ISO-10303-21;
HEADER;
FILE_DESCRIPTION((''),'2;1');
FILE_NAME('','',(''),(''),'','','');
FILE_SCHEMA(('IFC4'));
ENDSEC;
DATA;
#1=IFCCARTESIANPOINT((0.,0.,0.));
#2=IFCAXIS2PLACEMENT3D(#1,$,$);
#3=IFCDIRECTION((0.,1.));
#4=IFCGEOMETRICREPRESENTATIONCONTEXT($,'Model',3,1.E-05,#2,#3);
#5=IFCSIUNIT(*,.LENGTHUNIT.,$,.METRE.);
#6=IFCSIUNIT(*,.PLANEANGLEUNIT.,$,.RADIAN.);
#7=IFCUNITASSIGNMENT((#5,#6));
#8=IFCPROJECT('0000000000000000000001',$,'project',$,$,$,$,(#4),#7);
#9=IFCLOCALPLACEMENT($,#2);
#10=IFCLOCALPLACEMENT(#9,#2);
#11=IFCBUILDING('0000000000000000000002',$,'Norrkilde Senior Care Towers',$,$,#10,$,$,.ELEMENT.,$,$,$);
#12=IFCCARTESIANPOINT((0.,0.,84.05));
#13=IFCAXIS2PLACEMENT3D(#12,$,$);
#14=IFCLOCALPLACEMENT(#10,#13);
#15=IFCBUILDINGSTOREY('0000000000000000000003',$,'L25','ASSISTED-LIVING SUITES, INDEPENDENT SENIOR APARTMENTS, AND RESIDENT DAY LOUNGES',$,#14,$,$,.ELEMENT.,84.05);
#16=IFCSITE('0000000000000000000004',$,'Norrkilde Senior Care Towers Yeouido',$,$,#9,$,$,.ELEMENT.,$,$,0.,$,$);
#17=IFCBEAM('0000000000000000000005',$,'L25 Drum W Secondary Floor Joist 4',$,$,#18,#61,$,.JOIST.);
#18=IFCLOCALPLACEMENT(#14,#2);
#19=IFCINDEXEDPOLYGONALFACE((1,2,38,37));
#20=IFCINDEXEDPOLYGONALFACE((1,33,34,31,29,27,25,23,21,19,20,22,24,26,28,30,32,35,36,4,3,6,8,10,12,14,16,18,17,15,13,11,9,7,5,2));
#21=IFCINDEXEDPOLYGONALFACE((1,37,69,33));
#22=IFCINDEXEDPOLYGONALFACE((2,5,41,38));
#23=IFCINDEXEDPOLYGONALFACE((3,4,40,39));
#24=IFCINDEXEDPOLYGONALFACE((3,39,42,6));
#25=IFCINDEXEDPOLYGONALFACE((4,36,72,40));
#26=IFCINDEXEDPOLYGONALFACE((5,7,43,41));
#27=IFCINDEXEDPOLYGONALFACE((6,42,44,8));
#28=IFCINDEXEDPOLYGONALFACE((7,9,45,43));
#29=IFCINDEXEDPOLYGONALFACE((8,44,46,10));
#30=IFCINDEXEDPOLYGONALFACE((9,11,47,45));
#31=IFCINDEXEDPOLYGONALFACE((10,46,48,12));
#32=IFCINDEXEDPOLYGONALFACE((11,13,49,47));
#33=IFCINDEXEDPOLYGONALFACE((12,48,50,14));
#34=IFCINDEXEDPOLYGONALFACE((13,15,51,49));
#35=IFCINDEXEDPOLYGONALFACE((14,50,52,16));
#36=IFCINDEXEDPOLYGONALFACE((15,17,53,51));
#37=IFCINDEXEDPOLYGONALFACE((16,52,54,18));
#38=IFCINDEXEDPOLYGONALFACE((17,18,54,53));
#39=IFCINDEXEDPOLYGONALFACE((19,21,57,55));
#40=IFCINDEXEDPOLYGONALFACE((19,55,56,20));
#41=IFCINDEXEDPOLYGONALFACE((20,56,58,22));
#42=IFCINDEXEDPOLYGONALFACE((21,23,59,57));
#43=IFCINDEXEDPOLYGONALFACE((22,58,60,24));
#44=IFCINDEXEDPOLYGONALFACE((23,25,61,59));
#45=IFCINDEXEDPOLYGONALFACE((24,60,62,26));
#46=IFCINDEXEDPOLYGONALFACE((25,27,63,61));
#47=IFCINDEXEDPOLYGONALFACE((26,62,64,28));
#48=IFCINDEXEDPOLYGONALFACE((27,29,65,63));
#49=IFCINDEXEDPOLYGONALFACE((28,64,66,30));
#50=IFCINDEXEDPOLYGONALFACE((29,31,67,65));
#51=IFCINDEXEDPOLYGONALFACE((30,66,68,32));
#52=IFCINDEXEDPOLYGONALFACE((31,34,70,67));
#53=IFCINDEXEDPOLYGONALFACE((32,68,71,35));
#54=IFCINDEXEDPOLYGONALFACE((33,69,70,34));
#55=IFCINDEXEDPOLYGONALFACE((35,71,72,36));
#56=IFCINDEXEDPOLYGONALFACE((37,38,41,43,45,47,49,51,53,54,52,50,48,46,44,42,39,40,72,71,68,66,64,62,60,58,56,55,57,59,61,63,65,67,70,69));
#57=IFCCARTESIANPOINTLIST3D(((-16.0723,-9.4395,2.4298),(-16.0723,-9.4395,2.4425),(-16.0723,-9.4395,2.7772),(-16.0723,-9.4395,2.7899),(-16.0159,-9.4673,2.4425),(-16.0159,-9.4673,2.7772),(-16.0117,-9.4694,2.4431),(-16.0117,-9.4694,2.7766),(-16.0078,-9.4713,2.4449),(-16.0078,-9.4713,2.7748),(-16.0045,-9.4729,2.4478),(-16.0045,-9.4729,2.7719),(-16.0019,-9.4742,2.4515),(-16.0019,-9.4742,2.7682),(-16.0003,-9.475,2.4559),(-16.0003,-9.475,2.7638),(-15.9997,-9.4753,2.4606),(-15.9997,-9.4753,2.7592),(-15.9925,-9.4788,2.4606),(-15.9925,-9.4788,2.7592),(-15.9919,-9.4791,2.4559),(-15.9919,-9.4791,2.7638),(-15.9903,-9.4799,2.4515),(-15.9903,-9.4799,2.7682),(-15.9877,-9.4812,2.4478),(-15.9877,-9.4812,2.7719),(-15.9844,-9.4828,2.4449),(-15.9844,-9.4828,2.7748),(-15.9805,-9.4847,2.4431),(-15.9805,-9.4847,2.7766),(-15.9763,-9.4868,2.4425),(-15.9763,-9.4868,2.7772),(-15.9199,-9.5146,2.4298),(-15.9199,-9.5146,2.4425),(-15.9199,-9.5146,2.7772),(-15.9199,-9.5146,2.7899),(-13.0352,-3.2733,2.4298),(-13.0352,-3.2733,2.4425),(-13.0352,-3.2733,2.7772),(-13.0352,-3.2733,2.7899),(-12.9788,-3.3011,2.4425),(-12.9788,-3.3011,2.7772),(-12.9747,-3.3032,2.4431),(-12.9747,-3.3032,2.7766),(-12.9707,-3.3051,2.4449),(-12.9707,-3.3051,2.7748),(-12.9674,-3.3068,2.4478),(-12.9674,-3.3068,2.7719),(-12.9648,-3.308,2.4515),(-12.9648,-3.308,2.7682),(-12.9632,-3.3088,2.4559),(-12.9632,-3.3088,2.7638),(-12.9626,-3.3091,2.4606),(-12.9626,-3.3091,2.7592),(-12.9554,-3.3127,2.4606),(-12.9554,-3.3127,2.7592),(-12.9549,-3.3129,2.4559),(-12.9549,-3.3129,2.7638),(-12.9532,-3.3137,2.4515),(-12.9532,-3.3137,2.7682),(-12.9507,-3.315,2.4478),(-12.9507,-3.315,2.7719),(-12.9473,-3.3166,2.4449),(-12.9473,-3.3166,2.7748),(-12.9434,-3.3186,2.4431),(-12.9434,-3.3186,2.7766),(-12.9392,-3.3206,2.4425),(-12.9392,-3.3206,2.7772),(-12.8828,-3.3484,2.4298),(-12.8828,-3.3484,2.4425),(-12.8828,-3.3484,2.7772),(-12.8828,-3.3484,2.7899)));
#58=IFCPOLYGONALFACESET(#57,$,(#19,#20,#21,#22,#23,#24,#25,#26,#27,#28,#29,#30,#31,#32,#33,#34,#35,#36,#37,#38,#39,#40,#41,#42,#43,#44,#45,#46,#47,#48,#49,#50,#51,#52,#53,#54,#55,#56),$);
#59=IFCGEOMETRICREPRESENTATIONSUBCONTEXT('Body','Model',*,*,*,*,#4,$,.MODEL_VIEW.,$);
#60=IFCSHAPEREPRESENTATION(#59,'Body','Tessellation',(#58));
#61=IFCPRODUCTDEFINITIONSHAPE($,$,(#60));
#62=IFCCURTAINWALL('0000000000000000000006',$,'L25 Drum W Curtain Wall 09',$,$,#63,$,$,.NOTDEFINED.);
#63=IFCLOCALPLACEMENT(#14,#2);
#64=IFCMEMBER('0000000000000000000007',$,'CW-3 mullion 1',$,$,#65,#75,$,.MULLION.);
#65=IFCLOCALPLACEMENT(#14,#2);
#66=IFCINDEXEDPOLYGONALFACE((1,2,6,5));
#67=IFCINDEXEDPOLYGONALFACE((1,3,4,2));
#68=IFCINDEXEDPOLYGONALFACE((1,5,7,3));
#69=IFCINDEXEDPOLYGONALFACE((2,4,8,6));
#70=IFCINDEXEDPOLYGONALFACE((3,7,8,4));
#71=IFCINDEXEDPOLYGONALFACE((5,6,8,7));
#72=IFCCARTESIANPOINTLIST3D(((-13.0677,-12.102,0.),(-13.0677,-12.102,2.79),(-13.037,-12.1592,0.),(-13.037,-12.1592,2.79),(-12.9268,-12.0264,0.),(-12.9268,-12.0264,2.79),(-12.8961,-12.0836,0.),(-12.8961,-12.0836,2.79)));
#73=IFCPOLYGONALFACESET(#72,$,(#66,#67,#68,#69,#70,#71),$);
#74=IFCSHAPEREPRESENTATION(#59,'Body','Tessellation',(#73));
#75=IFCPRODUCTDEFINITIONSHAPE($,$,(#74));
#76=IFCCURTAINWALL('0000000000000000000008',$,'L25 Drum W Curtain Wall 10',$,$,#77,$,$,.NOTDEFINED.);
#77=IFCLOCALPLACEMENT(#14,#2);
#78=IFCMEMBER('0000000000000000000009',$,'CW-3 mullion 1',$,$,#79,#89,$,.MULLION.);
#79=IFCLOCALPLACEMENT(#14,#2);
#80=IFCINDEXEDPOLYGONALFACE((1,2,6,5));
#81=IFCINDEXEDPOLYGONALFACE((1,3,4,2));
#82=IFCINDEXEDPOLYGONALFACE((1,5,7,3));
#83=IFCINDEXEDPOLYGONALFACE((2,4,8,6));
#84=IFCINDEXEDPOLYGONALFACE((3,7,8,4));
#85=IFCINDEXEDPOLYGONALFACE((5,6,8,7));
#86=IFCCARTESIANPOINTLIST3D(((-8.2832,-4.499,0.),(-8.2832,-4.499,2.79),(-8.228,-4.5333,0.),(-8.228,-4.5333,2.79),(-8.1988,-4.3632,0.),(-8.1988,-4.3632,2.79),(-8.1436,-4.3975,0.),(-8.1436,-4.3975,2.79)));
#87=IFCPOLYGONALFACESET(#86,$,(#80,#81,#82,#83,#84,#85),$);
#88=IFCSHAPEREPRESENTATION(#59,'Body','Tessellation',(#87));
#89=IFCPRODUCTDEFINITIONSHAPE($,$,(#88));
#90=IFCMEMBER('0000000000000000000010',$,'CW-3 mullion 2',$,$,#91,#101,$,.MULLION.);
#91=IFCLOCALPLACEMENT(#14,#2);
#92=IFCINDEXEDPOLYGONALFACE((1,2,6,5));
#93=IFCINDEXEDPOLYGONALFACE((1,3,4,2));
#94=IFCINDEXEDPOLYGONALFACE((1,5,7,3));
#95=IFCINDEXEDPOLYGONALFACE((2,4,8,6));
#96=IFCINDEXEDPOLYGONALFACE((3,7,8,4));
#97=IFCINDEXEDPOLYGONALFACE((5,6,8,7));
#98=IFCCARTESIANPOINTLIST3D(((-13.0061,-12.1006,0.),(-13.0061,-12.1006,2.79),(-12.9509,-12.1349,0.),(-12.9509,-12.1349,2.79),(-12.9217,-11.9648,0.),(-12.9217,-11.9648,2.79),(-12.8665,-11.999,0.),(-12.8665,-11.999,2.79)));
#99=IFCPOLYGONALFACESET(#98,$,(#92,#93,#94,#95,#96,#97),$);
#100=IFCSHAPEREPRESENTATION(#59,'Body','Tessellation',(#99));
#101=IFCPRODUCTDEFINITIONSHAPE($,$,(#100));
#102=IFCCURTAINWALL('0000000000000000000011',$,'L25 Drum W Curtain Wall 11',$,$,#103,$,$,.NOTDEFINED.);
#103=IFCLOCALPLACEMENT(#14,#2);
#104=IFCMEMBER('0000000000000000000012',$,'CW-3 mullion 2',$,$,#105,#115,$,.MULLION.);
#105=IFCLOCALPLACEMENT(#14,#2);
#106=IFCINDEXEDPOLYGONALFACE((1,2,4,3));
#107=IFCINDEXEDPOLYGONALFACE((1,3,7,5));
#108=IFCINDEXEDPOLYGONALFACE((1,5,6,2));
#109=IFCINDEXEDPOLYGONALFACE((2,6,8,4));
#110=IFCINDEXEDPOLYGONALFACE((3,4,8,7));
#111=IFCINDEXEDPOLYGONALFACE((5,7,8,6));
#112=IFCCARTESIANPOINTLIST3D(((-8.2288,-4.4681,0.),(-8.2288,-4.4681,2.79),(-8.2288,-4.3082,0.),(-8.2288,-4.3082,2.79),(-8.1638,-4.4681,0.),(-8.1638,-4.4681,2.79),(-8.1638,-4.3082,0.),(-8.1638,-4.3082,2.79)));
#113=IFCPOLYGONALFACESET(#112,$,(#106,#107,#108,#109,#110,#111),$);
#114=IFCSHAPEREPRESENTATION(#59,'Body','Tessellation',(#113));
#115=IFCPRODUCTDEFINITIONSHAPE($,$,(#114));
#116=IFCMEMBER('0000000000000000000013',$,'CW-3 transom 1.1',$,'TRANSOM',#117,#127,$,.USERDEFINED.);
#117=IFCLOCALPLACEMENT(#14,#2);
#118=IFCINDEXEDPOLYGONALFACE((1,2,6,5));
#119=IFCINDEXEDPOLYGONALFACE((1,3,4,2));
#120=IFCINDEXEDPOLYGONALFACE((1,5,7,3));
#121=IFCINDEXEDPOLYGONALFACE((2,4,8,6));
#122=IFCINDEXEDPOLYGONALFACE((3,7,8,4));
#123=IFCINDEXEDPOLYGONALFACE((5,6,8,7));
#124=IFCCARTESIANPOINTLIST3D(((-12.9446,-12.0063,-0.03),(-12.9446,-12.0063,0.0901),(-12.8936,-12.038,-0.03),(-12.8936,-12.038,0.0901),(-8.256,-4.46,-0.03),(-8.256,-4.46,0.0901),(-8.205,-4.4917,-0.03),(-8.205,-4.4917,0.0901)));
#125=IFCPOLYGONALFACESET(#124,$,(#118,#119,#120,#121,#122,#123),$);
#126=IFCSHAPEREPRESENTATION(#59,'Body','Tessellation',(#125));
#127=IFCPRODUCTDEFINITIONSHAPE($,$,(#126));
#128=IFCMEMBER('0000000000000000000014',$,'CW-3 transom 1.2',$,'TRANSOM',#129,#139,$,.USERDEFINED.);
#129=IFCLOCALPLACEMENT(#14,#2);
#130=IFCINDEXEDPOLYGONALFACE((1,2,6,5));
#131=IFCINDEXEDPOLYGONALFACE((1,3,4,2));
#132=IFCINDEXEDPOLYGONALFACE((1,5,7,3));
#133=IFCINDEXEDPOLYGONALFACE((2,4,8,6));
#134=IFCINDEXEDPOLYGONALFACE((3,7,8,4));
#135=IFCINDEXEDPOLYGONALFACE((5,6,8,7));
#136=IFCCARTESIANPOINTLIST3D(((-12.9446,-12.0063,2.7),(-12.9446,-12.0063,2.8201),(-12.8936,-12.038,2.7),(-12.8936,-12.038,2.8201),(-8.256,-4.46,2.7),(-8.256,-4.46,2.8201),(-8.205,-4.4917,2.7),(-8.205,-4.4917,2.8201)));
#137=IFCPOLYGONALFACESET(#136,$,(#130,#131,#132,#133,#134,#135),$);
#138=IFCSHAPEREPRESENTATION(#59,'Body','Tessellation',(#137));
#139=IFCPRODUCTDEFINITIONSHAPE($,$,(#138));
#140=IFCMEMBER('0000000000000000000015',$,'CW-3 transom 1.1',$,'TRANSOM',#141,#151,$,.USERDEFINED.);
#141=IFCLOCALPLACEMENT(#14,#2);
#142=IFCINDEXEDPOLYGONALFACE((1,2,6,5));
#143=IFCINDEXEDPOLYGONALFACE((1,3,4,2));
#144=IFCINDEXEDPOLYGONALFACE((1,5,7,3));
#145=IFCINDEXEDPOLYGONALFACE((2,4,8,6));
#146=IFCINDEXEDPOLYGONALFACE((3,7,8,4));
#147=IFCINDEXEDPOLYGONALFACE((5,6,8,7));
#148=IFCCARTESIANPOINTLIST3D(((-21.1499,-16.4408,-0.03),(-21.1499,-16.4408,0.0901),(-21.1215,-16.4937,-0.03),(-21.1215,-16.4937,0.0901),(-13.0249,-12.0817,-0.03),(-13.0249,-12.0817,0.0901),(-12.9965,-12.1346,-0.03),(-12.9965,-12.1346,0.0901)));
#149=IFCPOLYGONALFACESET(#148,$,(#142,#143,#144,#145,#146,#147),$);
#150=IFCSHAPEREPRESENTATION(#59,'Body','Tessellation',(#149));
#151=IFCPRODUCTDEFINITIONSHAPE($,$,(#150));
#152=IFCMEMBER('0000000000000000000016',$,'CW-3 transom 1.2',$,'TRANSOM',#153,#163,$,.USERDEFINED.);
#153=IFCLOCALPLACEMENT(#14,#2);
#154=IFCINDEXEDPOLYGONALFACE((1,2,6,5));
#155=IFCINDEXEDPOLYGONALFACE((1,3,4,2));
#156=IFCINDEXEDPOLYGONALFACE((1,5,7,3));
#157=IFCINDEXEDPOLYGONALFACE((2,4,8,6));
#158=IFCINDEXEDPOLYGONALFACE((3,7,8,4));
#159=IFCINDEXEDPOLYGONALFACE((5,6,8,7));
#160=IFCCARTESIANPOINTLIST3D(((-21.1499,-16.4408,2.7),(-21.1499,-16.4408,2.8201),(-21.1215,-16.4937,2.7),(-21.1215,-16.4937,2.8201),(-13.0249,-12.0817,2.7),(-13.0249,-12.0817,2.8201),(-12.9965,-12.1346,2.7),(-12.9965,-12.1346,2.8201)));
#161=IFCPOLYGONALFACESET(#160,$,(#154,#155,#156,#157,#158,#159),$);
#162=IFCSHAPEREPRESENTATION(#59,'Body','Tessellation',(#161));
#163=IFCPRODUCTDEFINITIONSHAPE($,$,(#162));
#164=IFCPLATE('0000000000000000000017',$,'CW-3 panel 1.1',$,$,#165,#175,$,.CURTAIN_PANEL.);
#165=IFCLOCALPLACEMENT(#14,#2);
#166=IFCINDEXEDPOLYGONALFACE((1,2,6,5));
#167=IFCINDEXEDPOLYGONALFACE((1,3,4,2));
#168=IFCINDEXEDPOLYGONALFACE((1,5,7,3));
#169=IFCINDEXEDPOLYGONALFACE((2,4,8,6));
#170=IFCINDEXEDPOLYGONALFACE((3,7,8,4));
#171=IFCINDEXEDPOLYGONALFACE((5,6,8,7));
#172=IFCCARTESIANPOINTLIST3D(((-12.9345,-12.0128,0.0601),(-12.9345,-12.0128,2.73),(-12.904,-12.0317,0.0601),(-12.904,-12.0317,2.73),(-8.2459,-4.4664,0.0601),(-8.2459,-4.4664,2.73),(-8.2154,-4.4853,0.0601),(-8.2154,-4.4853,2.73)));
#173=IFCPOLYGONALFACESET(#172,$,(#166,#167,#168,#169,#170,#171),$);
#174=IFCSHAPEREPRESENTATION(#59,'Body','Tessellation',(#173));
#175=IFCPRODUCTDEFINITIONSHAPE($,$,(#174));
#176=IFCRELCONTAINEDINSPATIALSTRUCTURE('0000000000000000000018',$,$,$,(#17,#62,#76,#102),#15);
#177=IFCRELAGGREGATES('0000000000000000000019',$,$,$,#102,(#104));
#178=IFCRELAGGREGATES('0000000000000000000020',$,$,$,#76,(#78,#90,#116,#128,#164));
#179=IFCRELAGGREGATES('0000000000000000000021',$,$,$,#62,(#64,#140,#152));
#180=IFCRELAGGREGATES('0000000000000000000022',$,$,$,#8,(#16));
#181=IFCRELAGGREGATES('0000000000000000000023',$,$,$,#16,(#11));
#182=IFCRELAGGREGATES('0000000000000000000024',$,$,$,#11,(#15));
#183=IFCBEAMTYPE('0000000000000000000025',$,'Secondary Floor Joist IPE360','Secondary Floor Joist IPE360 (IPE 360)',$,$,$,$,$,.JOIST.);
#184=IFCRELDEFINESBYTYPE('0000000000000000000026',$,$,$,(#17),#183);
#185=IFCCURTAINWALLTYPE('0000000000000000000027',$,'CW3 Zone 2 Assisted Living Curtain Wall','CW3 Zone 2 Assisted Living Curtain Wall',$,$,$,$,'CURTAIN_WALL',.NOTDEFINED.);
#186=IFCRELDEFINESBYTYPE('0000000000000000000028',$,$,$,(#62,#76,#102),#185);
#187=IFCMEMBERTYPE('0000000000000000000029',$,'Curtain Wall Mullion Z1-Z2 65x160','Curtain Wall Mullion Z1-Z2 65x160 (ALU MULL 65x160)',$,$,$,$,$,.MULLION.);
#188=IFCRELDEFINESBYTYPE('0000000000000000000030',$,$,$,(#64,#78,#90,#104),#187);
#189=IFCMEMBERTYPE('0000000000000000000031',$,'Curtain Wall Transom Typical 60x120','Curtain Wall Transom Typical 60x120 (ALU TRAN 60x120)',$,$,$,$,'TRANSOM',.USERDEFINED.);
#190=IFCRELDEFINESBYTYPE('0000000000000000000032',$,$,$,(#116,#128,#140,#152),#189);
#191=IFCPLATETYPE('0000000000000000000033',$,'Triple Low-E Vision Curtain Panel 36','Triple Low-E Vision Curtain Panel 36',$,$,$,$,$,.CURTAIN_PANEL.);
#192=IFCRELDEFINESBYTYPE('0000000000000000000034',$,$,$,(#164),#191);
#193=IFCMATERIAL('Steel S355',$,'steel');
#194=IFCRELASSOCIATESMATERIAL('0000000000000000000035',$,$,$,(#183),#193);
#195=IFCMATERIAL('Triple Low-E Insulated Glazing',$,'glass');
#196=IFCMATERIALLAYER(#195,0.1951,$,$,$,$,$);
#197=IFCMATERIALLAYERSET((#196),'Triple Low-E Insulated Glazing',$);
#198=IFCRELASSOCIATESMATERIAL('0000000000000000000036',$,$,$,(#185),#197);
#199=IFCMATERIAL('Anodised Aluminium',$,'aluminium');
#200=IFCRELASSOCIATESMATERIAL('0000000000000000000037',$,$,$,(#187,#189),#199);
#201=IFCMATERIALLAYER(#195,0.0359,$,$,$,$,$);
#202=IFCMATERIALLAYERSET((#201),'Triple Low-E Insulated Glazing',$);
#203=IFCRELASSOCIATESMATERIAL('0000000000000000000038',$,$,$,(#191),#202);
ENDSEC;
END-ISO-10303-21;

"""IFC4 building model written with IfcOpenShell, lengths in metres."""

from ifc_helpers import new_model, si_unit, direction, frame, origin, origin_2d, place, context, subcontext, project, spatial, rectangle, i_section, extrude, source, transform, mapped, material, layer, layer_set, material_profile, profile_set, type_object, type_shapes, element, aggregate, save


model = new_model("IFC4")

# Units and contexts
model_context = context("Model", 3, precision=1e-05, world=origin(), true_north=direction((0.0, 1.0)))
body_context = subcontext(model_context, "Body", "Model", "MODEL_VIEW")
ifc_project = project(units=[si_unit("LENGTHUNIT", "METRE"), si_unit("PLANEANGLEUNIT", "RADIAN")], contexts=[model_context])

# Site, building, storey
site_placement = place(None, origin())
site = spatial("IfcSite", under=ifc_project, at=site_placement, Name="Norrkilde Senior Care Towers Yeouido", CompositionType="ELEMENT", RefElevation=0.0)
building_placement = place(site_placement, origin())
building = spatial("IfcBuilding", under=site, at=building_placement, Name="Norrkilde Senior Care Towers", CompositionType="ELEMENT")
storey_placement = place(building_placement, frame((0.0, 0.0, 84.05)))
storey = spatial("IfcBuildingStorey", under=building, at=storey_placement, Name="L25", Description="ASSISTED-LIVING SUITES, INDEPENDENT SENIOR APARTMENTS, AND RESIDENT DAY LOUNGES", CompositionType="ELEMENT", Elevation=84.05)

# Beam
ifc_material_1 = material(Name="Steel S355", Category="steel")
ifc_material_profile_1 = material_profile(ifc_material_1, i_section(OverallWidth=0.1699, OverallDepth=0.3601, WebThickness=0.0081, FlangeThickness=0.0127, FilletRadius=0.0181, at=origin_2d()), Name="IPE 360")
ifc_profile_set_1 = profile_set([ifc_material_profile_1], Name="Steel S355")
beam_type_1 = type_object("IfcBeamType", Name="Secondary Floor Joist IPE360", Description="Secondary Floor Joist IPE360 (IPE 360)", PredefinedType="JOIST", material=ifc_profile_set_1)
shared_shape_1 = source(origin(), body_context, "Body", "SweptSolid", [
    extrude(i_section(OverallWidth=0.1699, OverallDepth=0.3601, WebThickness=0.0081, FlangeThickness=0.0127, FilletRadius=0.0181, at=origin_2d()), origin(), (0.0, 0.0, 1.0), 6.8735),
])
type_shapes(beam_type_1, [shared_shape_1])
beam_1_placement = place(storey_placement, frame((-15.9961, -9.4771, 2.6099), z_axis=(0.441849, 0.897089, 0.0), x_axis=(-0.897089, 0.441849, 0.0)))
element("IfcBeam", 1, at=beam_1_placement, inside=storey, type_object=beam_type_1, Name="L25 Drum W Secondary Floor Joist 4", PredefinedType="JOIST", context=body_context, shape_type="MappedRepresentation", body=[
    mapped(shared_shape_1, transform((0.0, 0.0, 0.0), x_axis=(1.0, 0.0, 0.0), y_axis=(0.0, 1.0, 0.0), z_axis=(0.0, 0.0, 1.0), scale=1.0)),
])

# Curtain wall, member
ifc_material_2 = material(Name="Triple Low-E Insulated Glazing", Category="glass")
ifc_layer_1 = layer(ifc_material_2, 0.1951)
ifc_layer_set_1 = layer_set([ifc_layer_1], Name="Triple Low-E Insulated Glazing")
curtain_wall_type = type_object("IfcCurtainWallType", Name="CW3 Zone 2 Assisted Living Curtain Wall", Description="CW3 Zone 2 Assisted Living Curtain Wall", ElementType="CURTAIN_WALL", PredefinedType="NOTDEFINED", material=ifc_layer_set_1)
curtain_wall_1_placement = place(storey_placement, origin())
curtain_wall_1 = element("IfcCurtainWall", 2, at=curtain_wall_1_placement, inside=storey, type_object=curtain_wall_type, Name="L25 Drum W Curtain Wall 09", PredefinedType="NOTDEFINED")
ifc_material_3 = material(Name="Anodised Aluminium", Category="aluminium")
ifc_material_profile_2 = material_profile(ifc_material_3, rectangle(XDim=0.0649, YDim=0.1599, at=origin_2d()), Name="ALU MULL 65x160")
ifc_profile_set_2 = profile_set([ifc_material_profile_2], Name="Anodised Aluminium")
member_type_1 = type_object("IfcMemberType", Name="Curtain Wall Mullion Z1-Z2 65x160", Description="Curtain Wall Mullion Z1-Z2 65x160 (ALU MULL 65x160)", PredefinedType="MULLION", material=ifc_profile_set_2)
shared_shape_2 = source(origin(), body_context, "Body", "SweptSolid", [
    extrude(rectangle(XDim=0.0649, YDim=0.1599, at=origin_2d()), origin(), (0.0, 0.0, 1.0), 2.79),
])
type_shapes(member_type_1, [shared_shape_2])
member_1_placement = place(storey_placement, frame((-12.9819, -12.0928, 0.0), z_axis=(0.0, 0.0, 1.0), x_axis=(0.472769, -0.881186, 0.0)))
member_1 = element("IfcMember", 3, at=member_1_placement, type_object=member_type_1, Name="CW-3 mullion 1", PredefinedType="MULLION", context=body_context, shape_type="MappedRepresentation", body=[
    mapped(shared_shape_2, transform((0.0, 0.0, 0.0), x_axis=(1.0, 0.0, 0.0), y_axis=(0.0, 1.0, 0.0), z_axis=(0.0, 0.0, 1.0), scale=1.0)),
])

# Curtain wall, members
curtain_wall_2_placement = place(storey_placement, origin())
curtain_wall_2 = element("IfcCurtainWall", 4, at=curtain_wall_2_placement, inside=storey, type_object=curtain_wall_type, Name="L25 Drum W Curtain Wall 10", PredefinedType="NOTDEFINED")
member_2_placement = place(storey_placement, frame((-8.2134, -4.4482, 0.0), z_axis=(0.0, 0.0, 1.0), x_axis=(0.84941, -0.527733, 0.0)))
member_2 = element("IfcMember", 5, at=member_2_placement, type_object=member_type_1, Name="CW-3 mullion 1", PredefinedType="MULLION", context=body_context, shape_type="MappedRepresentation", body=[
    mapped(shared_shape_2, transform((0.0, 0.0, 0.0), x_axis=(1.0, 0.0, 0.0), y_axis=(0.0, 1.0, 0.0), z_axis=(0.0, 0.0, 1.0), scale=1.0)),
])
member_3_placement = place(storey_placement, frame((-12.9363, -12.0498, 0.0), z_axis=(0.0, 0.0, 1.0), x_axis=(0.84941, -0.527733, 0.0)))
member_3 = element("IfcMember", 6, at=member_3_placement, type_object=member_type_1, Name="CW-3 mullion 2", PredefinedType="MULLION", context=body_context, shape_type="MappedRepresentation", body=[
    mapped(shared_shape_2, transform((0.0, 0.0, 0.0), x_axis=(1.0, 0.0, 0.0), y_axis=(0.0, 1.0, 0.0), z_axis=(0.0, 0.0, 1.0), scale=1.0)),
])

# Curtain wall, member
curtain_wall_3_placement = place(storey_placement, origin())
curtain_wall_3 = element("IfcCurtainWall", 7, at=curtain_wall_3_placement, inside=storey, type_object=curtain_wall_type, Name="L25 Drum W Curtain Wall 11", PredefinedType="NOTDEFINED")
member_4_placement = place(storey_placement, frame((-8.1963, -4.3882, 0.0), z_axis=(0.0, 0.0, 1.0), x_axis=(1.0, 0.0, 0.0)))
member_4 = element("IfcMember", 8, at=member_4_placement, type_object=member_type_1, Name="CW-3 mullion 2", PredefinedType="MULLION", context=body_context, shape_type="MappedRepresentation", body=[
    mapped(shared_shape_2, transform((0.0, 0.0, 0.0), x_axis=(1.0, 0.0, 0.0), y_axis=(0.0, 1.0, 0.0), z_axis=(0.0, 0.0, 1.0), scale=1.0)),
])
aggregate(curtain_wall_3, [member_4])

# Members
ifc_material_profile_3 = material_profile(ifc_material_3, rectangle(XDim=0.0601, YDim=0.1201, at=origin_2d()), Name="ALU TRAN 60x120")
ifc_profile_set_3 = profile_set([ifc_material_profile_3], Name="Anodised Aluminium")
member_type_2 = type_object("IfcMemberType", Name="Curtain Wall Transom Typical 60x120", Description="Curtain Wall Transom Typical 60x120 (ALU TRAN 60x120)", ElementType="TRANSOM", PredefinedType="USERDEFINED", material=ifc_profile_set_3)
shared_shape_3 = source(origin(), body_context, "Body", "SweptSolid", [
    extrude(rectangle(XDim=0.0601, YDim=0.1201, at=origin_2d()), origin(), (0.0, 0.0, 1.0), 8.8843),
])
member_5_placement = place(storey_placement, frame((-8.2305, -4.4758, 0.03), z_axis=(-0.527749, -0.8494, 0.0), x_axis=(0.8494, -0.527749, 0.0)))
member_5 = element("IfcMember", 9, at=member_5_placement, type_object=member_type_2, Name="CW-3 transom 1.1", ObjectType="TRANSOM", PredefinedType="USERDEFINED", context=body_context, shape_type="MappedRepresentation", body=[
    mapped(shared_shape_3, transform((0.0, 0.0, 0.0), x_axis=(1.0, 0.0, 0.0), y_axis=(0.0, 1.0, 0.0), z_axis=(0.0, 0.0, 1.0), scale=1.0)),
])
member_6_placement = place(storey_placement, frame((-8.2305, -4.4758, 2.76), z_axis=(-0.527749, -0.8494, 0.0), x_axis=(0.8494, -0.527749, 0.0)))
member_6 = element("IfcMember", 10, at=member_6_placement, type_object=member_type_2, Name="CW-3 transom 1.2", ObjectType="TRANSOM", PredefinedType="USERDEFINED", context=body_context, shape_type="MappedRepresentation", body=[
    mapped(shared_shape_3, transform((0.0, 0.0, 0.0), x_axis=(1.0, 0.0, 0.0), y_axis=(0.0, 1.0, 0.0), z_axis=(0.0, 0.0, 1.0), scale=1.0)),
])
shared_shape_4 = source(origin(), body_context, "Body", "SweptSolid", [
    extrude(rectangle(XDim=0.0601, YDim=0.1201, at=origin_2d()), origin(), (0.0, 0.0, 1.0), 9.2205),
])
type_shapes(member_type_2, [shared_shape_3, shared_shape_4])
member_7_placement = place(storey_placement, frame((-13.0107, -12.1082, 0.03), z_axis=(-0.881189, -0.472765, 0.0), x_axis=(0.472765, -0.881189, 0.0)))
member_7 = element("IfcMember", 11, at=member_7_placement, type_object=member_type_2, Name="CW-3 transom 1.1", ObjectType="TRANSOM", PredefinedType="USERDEFINED", context=body_context, shape_type="MappedRepresentation", body=[
    mapped(shared_shape_4, transform((0.0, 0.0, 0.0), x_axis=(1.0, 0.0, 0.0), y_axis=(0.0, 1.0, 0.0), z_axis=(0.0, 0.0, 1.0), scale=1.0)),
])
member_8_placement = place(storey_placement, frame((-13.0107, -12.1082, 2.76), z_axis=(-0.881189, -0.472765, 0.0), x_axis=(0.472765, -0.881189, 0.0)))
member_8 = element("IfcMember", 12, at=member_8_placement, type_object=member_type_2, Name="CW-3 transom 1.2", ObjectType="TRANSOM", PredefinedType="USERDEFINED", context=body_context, shape_type="MappedRepresentation", body=[
    mapped(shared_shape_4, transform((0.0, 0.0, 0.0), x_axis=(1.0, 0.0, 0.0), y_axis=(0.0, 1.0, 0.0), z_axis=(0.0, 0.0, 1.0), scale=1.0)),
])

# Plate
ifc_layer_2 = layer(ifc_material_2, 0.0359)
ifc_layer_set_2 = layer_set([ifc_layer_2], Name="Triple Low-E Insulated Glazing")
plate_type = type_object("IfcPlateType", Name="Triple Low-E Vision Curtain Panel 36", Description="Triple Low-E Vision Curtain Panel 36", PredefinedType="CURTAIN_PANEL", material=ifc_layer_set_2)
shared_shape_5 = source(origin(), body_context, "Body", "SweptSolid", [
    extrude(rectangle(XDim=8.8843, YDim=0.0359, at=origin_2d()), origin(), (0.0, 0.0, 1.0), 2.6699),
])
plate_1_placement = place(storey_placement, frame((-10.575, -8.249, 0.0601), z_axis=(0.0, 0.0, 1.0), x_axis=(-0.527733, -0.84941, 0.0)))
plate_1 = element("IfcPlate", 13, at=plate_1_placement, type_object=plate_type, Name="CW-3 panel 1.1", PredefinedType="CURTAIN_PANEL", context=body_context, shape_type="MappedRepresentation", body=[
    mapped(shared_shape_5, transform((0.0, 0.0, 0.0), x_axis=(1.0, 0.0, 0.0), y_axis=(0.0, 1.0, 0.0), z_axis=(0.0, 0.0, 1.0), scale=1.0)),
])
aggregate(curtain_wall_2, [member_2, member_3, member_5, member_6, plate_1])
aggregate(curtain_wall_1, [member_1, member_7, member_8])

save(model, "model.ifc")
